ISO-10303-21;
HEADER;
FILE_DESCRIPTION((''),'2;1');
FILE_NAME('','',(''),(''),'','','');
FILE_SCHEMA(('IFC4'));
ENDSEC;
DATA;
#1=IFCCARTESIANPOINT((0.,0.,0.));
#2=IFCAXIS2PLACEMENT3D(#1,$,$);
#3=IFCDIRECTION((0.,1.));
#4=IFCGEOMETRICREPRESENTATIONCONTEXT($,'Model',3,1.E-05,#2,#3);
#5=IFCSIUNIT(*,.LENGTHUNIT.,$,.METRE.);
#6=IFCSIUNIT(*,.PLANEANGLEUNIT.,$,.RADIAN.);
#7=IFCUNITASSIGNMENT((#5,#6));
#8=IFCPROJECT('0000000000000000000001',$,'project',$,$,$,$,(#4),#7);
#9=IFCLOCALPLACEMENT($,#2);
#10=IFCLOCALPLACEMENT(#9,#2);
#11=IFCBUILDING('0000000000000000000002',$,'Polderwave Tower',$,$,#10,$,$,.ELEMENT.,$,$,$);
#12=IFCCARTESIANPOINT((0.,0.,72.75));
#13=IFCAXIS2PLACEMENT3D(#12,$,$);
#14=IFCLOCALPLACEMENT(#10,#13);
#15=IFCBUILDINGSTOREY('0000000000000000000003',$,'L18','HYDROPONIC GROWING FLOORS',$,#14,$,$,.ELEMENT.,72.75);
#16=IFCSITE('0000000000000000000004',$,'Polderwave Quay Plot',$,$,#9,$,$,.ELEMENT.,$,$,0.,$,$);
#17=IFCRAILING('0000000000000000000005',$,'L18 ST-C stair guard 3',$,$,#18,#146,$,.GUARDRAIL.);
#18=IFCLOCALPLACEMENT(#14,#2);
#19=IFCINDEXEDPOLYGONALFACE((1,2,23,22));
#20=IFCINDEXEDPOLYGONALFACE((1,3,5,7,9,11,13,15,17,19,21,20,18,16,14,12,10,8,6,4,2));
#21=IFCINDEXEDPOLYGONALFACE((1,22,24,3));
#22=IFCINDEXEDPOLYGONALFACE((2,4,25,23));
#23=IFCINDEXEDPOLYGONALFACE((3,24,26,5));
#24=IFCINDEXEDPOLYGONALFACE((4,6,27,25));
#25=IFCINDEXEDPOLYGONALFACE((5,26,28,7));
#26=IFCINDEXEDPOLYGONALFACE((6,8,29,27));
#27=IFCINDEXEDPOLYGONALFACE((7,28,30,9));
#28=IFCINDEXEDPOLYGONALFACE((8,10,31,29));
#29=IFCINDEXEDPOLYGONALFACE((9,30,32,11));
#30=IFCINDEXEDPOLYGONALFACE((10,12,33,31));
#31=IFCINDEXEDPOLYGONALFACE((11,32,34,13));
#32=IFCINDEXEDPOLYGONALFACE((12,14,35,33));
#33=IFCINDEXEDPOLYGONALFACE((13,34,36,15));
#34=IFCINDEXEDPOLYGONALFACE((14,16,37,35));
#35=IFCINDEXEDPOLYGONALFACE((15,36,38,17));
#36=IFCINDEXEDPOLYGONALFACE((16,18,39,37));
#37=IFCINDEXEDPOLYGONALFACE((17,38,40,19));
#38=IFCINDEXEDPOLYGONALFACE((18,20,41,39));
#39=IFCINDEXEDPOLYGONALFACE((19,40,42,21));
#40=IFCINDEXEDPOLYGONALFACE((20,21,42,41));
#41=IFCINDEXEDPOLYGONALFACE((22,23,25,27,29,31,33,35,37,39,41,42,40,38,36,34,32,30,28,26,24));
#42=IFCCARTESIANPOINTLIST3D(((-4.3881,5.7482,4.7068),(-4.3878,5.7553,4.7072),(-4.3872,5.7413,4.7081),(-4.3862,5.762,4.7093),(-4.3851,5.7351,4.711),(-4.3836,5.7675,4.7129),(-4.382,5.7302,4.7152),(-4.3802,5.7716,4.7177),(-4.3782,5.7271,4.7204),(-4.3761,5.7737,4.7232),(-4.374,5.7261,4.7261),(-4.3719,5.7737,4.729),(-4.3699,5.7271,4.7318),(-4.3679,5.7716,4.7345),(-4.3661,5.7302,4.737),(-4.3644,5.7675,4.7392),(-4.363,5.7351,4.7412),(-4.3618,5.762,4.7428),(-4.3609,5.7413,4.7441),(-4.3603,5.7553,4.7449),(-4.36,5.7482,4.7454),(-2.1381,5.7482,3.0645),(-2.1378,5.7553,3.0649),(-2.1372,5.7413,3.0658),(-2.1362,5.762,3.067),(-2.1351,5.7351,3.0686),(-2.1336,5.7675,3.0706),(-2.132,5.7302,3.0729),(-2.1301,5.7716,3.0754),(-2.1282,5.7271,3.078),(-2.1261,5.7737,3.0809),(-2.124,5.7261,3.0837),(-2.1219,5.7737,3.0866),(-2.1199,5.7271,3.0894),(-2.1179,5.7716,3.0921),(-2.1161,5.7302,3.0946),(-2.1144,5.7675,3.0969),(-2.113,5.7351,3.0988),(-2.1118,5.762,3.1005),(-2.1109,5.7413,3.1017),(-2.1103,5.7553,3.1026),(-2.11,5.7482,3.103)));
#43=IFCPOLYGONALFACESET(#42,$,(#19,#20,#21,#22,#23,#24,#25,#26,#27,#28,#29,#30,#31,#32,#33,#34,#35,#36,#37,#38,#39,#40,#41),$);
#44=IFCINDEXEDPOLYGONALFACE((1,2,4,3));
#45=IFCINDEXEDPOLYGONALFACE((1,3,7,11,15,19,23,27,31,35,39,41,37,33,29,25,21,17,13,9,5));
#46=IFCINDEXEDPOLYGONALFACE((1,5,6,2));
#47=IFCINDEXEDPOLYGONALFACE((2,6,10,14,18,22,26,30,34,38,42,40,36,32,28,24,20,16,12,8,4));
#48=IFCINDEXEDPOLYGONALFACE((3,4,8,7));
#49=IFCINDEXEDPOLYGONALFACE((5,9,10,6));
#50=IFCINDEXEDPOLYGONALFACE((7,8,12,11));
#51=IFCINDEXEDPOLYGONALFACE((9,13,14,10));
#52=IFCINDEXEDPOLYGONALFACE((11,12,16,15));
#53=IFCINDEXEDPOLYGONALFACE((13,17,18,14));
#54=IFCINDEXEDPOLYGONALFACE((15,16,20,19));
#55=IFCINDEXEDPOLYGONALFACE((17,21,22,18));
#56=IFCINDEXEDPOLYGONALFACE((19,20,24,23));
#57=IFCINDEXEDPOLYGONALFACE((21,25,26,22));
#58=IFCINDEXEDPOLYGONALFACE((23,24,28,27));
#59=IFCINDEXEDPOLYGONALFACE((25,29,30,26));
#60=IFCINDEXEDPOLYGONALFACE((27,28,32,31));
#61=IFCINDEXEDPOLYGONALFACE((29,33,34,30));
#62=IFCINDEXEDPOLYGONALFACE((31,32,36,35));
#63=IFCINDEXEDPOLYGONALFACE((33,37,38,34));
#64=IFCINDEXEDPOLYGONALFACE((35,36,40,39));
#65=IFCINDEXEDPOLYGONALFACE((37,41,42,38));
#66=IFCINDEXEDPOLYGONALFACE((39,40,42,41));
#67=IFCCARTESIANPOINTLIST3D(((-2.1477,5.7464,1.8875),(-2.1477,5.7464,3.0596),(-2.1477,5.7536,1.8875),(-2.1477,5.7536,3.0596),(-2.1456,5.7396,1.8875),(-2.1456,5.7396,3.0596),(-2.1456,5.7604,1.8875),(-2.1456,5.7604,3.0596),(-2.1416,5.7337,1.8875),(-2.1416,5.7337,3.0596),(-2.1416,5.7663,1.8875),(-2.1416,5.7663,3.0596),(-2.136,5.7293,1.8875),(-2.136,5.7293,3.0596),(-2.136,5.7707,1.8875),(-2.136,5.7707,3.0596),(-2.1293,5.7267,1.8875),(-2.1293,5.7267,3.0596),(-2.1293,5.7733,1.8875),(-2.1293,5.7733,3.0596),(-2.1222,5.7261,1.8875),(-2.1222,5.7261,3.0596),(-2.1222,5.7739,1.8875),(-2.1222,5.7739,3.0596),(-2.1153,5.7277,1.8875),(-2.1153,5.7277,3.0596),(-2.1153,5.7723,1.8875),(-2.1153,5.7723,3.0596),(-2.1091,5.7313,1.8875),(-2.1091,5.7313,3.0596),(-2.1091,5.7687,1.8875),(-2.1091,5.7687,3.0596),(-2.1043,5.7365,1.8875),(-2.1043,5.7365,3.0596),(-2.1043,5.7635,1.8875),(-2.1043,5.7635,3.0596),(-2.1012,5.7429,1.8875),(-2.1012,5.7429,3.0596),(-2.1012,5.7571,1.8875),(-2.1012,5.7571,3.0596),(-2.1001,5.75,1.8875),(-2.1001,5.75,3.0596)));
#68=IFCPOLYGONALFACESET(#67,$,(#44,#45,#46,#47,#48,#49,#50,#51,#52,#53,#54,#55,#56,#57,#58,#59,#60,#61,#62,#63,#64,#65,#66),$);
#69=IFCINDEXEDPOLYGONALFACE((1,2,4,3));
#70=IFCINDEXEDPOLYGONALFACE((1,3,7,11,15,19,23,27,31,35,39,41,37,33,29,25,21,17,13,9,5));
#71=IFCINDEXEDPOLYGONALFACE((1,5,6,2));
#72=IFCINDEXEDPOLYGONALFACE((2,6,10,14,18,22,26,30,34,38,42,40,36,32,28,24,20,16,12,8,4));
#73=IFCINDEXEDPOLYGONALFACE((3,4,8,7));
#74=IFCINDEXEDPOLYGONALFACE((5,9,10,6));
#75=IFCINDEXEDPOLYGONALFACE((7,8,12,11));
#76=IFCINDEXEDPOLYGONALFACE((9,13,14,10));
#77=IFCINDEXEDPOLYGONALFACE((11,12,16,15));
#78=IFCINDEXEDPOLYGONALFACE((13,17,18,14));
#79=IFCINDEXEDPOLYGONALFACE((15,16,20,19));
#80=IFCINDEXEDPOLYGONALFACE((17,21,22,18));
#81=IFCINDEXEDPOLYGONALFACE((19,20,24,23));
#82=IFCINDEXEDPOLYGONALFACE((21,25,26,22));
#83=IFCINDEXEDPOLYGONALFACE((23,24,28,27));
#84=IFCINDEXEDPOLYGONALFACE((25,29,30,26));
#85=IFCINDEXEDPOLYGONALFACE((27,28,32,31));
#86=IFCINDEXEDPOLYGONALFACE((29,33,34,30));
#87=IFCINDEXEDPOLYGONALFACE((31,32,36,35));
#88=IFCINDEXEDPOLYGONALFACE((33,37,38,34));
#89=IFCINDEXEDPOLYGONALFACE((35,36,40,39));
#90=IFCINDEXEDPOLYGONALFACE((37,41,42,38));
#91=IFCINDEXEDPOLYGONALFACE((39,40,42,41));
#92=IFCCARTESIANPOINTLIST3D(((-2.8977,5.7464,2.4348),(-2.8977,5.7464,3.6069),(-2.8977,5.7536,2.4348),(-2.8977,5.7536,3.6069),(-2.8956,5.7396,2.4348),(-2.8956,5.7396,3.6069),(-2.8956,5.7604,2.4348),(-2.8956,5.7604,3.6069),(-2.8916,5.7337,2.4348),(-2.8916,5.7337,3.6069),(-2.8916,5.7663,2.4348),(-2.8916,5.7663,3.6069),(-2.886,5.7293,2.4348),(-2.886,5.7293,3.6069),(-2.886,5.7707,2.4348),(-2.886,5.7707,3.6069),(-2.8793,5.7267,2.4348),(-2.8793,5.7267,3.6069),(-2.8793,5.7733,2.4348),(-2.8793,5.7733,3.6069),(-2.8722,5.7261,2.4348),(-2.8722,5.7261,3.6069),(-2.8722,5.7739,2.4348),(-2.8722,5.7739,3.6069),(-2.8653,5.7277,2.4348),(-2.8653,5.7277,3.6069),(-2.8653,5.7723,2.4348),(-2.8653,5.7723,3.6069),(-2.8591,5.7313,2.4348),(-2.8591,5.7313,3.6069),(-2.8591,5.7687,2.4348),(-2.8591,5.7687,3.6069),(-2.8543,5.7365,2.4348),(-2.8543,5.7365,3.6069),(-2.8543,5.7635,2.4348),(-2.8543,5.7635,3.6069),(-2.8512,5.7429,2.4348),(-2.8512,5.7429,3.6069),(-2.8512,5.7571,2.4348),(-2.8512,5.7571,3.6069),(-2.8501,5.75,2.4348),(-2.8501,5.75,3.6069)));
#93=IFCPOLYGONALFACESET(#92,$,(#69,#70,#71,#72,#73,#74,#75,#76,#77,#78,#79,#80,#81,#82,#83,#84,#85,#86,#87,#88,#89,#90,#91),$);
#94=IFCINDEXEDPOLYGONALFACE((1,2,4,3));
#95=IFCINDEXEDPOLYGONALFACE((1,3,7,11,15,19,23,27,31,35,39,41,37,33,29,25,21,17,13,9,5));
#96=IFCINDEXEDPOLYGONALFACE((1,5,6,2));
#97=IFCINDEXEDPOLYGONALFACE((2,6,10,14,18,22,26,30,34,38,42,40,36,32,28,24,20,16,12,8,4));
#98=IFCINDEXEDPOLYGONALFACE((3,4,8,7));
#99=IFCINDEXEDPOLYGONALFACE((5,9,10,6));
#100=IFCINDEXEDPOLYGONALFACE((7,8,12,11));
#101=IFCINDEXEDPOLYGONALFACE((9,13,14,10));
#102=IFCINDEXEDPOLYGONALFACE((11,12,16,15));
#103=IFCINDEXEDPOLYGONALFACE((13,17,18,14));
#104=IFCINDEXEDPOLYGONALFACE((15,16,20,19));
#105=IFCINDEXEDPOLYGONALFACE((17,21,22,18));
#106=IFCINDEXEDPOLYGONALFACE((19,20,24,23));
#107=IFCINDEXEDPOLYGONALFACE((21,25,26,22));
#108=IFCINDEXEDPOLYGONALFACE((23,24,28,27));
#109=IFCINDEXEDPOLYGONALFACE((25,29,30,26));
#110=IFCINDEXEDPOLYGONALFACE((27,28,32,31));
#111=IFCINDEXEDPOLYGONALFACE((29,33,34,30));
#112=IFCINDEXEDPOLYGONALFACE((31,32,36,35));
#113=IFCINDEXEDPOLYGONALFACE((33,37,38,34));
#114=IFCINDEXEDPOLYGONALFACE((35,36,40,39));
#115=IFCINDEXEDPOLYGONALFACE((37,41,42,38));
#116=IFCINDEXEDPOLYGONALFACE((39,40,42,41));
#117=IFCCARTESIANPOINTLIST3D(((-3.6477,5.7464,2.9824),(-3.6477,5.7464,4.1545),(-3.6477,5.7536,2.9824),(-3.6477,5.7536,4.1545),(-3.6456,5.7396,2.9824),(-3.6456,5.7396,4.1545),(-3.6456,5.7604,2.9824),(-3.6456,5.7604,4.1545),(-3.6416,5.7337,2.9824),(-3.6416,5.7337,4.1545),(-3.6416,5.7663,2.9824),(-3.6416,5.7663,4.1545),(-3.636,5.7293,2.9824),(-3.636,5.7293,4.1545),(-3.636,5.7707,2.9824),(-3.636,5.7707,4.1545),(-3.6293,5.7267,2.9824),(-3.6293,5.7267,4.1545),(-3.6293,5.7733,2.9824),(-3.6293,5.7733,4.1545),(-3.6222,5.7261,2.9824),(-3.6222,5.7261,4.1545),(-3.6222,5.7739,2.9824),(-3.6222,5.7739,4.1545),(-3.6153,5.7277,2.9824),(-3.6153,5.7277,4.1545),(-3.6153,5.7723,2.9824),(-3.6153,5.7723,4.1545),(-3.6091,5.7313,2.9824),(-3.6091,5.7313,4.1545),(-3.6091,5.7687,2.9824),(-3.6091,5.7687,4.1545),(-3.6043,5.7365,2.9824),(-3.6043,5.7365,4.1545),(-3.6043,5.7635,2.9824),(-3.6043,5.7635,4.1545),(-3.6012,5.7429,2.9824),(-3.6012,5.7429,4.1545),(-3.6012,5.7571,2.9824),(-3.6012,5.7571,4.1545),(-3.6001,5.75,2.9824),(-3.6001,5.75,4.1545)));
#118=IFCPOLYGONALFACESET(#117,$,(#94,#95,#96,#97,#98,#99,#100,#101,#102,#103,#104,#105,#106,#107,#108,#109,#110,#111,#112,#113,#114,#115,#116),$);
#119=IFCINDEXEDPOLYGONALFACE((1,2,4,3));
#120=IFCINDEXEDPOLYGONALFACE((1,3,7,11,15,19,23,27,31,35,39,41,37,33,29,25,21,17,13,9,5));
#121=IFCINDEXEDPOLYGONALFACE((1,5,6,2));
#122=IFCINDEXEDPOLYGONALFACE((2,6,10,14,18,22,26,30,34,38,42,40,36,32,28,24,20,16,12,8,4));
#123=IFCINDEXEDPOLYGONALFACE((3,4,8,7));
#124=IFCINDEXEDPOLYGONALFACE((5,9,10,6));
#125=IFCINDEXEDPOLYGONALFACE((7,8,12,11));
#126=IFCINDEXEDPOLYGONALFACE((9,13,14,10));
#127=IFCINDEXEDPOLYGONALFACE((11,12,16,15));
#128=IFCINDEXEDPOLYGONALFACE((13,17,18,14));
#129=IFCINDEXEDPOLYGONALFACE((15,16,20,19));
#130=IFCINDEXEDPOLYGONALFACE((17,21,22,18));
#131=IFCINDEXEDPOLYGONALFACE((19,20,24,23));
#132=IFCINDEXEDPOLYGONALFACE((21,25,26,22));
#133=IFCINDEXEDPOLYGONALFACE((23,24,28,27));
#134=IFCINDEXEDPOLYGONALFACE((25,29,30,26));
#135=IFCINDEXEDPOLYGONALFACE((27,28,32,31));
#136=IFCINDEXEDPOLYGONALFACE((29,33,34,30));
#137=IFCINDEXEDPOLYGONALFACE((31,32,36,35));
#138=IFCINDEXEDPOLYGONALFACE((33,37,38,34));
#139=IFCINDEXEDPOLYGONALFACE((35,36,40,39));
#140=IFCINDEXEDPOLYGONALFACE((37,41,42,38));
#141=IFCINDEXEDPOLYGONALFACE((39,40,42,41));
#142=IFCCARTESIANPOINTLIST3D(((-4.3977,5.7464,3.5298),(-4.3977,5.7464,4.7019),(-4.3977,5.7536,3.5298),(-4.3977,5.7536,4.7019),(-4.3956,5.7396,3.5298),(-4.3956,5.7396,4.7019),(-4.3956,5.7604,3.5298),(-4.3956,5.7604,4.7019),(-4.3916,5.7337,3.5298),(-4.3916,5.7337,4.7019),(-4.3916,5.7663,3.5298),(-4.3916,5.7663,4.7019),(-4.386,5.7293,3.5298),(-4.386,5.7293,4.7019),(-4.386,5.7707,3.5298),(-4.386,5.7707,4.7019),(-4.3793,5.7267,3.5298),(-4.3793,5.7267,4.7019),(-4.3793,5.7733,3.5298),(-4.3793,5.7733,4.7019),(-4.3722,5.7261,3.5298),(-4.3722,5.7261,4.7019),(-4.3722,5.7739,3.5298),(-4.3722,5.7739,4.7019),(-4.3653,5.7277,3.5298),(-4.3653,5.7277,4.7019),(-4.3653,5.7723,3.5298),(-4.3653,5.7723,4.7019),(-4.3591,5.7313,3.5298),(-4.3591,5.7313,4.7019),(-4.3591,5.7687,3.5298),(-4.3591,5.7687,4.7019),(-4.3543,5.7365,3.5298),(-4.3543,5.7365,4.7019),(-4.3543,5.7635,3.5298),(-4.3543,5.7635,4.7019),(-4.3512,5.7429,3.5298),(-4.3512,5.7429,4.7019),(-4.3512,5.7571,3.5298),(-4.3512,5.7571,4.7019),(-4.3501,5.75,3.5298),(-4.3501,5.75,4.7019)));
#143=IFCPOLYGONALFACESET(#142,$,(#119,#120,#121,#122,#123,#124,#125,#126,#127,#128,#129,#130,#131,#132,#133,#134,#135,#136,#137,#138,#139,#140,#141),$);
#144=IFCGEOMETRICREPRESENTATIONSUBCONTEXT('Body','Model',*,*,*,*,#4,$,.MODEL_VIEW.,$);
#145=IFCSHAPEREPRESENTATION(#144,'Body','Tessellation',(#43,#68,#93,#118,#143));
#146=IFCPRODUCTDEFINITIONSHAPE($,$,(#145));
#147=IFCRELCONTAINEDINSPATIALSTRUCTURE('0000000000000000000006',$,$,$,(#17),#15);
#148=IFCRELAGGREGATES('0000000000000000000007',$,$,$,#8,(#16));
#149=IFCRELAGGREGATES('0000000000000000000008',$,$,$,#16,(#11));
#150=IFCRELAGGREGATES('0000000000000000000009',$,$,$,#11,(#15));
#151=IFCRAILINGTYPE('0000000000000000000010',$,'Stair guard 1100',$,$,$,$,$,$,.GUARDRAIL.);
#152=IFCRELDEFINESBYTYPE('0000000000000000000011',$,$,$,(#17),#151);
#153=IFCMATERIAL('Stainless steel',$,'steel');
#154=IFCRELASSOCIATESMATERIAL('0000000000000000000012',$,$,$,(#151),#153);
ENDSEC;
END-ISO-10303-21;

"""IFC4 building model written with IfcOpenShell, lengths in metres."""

from ifc_helpers import new_model, si_unit, direction, frame, origin, origin_2d, place, context, subcontext, project, spatial, circle, extrude, material, type_object, element, save


model = new_model("IFC4")

# Units and contexts
model_context = context("Model", 3, precision=1e-05, world=origin(), true_north=direction((0.0, 1.0)))
body_context = subcontext(model_context, "Body", "Model", "MODEL_VIEW")
ifc_project = project(units=[si_unit("LENGTHUNIT", "METRE"), si_unit("PLANEANGLEUNIT", "RADIAN")], contexts=[model_context])

# Site, building, storey
site_placement = place(None, origin())
site = spatial("IfcSite", under=ifc_project, at=site_placement, Name="Polderwave Quay Plot", CompositionType="ELEMENT", RefElevation=0.0)
building_placement = place(site_placement, origin())
building = spatial("IfcBuilding", under=site, at=building_placement, Name="Polderwave Tower", CompositionType="ELEMENT")
storey_placement = place(building_placement, frame((0.0, 0.0, 72.75)))
storey = spatial("IfcBuildingStorey", under=building, at=storey_placement, Name="L18", Description="HYDROPONIC GROWING FLOORS", CompositionType="ELEMENT", Elevation=72.75)

# Railing
ifc_material_1 = material(Name="Stainless steel", Category="steel")
railing_type_1 = type_object("IfcRailingType", Name="Stair guard 1100", PredefinedType="GUARDRAIL", material=ifc_material_1)
railing_1_placement = place(storey_placement, frame((-2.124, 5.75, 1.8875)))
element("IfcRailing", 1, at=railing_1_placement, inside=storey, type_object=railing_type_1, Name="L18 ST-C stair guard 3", PredefinedType="GUARDRAIL", context=body_context, shape_type="SweptSolid", body=[
    extrude(circle(Radius=0.0239, at=origin_2d()), frame((0.0, 0.0, 1.1963), z_axis=(-0.807715, 0.0, 0.589573), x_axis=(0.0, -1.0, 0.0)), (0.0, 0.0, 1.0), 2.7856),
    extrude(circle(Radius=0.0239, at=origin_2d()), origin(), (0.0, 0.0, 1.0), 1.1721),
    extrude(circle(Radius=0.0239, at=origin_2d()), frame((-0.75, 0.0, 0.5474)), (0.0, 0.0, 1.0), 1.1721),
    extrude(circle(Radius=0.0239, at=origin_2d()), frame((-1.5, 0.0, 1.095)), (0.0, 0.0, 1.0), 1.1721),
    extrude(circle(Radius=0.0239, at=origin_2d()), frame((-2.25, 0.0, 1.6423)), (0.0, 0.0, 1.0), 1.1721),
])

save(model, "model.ifc")
